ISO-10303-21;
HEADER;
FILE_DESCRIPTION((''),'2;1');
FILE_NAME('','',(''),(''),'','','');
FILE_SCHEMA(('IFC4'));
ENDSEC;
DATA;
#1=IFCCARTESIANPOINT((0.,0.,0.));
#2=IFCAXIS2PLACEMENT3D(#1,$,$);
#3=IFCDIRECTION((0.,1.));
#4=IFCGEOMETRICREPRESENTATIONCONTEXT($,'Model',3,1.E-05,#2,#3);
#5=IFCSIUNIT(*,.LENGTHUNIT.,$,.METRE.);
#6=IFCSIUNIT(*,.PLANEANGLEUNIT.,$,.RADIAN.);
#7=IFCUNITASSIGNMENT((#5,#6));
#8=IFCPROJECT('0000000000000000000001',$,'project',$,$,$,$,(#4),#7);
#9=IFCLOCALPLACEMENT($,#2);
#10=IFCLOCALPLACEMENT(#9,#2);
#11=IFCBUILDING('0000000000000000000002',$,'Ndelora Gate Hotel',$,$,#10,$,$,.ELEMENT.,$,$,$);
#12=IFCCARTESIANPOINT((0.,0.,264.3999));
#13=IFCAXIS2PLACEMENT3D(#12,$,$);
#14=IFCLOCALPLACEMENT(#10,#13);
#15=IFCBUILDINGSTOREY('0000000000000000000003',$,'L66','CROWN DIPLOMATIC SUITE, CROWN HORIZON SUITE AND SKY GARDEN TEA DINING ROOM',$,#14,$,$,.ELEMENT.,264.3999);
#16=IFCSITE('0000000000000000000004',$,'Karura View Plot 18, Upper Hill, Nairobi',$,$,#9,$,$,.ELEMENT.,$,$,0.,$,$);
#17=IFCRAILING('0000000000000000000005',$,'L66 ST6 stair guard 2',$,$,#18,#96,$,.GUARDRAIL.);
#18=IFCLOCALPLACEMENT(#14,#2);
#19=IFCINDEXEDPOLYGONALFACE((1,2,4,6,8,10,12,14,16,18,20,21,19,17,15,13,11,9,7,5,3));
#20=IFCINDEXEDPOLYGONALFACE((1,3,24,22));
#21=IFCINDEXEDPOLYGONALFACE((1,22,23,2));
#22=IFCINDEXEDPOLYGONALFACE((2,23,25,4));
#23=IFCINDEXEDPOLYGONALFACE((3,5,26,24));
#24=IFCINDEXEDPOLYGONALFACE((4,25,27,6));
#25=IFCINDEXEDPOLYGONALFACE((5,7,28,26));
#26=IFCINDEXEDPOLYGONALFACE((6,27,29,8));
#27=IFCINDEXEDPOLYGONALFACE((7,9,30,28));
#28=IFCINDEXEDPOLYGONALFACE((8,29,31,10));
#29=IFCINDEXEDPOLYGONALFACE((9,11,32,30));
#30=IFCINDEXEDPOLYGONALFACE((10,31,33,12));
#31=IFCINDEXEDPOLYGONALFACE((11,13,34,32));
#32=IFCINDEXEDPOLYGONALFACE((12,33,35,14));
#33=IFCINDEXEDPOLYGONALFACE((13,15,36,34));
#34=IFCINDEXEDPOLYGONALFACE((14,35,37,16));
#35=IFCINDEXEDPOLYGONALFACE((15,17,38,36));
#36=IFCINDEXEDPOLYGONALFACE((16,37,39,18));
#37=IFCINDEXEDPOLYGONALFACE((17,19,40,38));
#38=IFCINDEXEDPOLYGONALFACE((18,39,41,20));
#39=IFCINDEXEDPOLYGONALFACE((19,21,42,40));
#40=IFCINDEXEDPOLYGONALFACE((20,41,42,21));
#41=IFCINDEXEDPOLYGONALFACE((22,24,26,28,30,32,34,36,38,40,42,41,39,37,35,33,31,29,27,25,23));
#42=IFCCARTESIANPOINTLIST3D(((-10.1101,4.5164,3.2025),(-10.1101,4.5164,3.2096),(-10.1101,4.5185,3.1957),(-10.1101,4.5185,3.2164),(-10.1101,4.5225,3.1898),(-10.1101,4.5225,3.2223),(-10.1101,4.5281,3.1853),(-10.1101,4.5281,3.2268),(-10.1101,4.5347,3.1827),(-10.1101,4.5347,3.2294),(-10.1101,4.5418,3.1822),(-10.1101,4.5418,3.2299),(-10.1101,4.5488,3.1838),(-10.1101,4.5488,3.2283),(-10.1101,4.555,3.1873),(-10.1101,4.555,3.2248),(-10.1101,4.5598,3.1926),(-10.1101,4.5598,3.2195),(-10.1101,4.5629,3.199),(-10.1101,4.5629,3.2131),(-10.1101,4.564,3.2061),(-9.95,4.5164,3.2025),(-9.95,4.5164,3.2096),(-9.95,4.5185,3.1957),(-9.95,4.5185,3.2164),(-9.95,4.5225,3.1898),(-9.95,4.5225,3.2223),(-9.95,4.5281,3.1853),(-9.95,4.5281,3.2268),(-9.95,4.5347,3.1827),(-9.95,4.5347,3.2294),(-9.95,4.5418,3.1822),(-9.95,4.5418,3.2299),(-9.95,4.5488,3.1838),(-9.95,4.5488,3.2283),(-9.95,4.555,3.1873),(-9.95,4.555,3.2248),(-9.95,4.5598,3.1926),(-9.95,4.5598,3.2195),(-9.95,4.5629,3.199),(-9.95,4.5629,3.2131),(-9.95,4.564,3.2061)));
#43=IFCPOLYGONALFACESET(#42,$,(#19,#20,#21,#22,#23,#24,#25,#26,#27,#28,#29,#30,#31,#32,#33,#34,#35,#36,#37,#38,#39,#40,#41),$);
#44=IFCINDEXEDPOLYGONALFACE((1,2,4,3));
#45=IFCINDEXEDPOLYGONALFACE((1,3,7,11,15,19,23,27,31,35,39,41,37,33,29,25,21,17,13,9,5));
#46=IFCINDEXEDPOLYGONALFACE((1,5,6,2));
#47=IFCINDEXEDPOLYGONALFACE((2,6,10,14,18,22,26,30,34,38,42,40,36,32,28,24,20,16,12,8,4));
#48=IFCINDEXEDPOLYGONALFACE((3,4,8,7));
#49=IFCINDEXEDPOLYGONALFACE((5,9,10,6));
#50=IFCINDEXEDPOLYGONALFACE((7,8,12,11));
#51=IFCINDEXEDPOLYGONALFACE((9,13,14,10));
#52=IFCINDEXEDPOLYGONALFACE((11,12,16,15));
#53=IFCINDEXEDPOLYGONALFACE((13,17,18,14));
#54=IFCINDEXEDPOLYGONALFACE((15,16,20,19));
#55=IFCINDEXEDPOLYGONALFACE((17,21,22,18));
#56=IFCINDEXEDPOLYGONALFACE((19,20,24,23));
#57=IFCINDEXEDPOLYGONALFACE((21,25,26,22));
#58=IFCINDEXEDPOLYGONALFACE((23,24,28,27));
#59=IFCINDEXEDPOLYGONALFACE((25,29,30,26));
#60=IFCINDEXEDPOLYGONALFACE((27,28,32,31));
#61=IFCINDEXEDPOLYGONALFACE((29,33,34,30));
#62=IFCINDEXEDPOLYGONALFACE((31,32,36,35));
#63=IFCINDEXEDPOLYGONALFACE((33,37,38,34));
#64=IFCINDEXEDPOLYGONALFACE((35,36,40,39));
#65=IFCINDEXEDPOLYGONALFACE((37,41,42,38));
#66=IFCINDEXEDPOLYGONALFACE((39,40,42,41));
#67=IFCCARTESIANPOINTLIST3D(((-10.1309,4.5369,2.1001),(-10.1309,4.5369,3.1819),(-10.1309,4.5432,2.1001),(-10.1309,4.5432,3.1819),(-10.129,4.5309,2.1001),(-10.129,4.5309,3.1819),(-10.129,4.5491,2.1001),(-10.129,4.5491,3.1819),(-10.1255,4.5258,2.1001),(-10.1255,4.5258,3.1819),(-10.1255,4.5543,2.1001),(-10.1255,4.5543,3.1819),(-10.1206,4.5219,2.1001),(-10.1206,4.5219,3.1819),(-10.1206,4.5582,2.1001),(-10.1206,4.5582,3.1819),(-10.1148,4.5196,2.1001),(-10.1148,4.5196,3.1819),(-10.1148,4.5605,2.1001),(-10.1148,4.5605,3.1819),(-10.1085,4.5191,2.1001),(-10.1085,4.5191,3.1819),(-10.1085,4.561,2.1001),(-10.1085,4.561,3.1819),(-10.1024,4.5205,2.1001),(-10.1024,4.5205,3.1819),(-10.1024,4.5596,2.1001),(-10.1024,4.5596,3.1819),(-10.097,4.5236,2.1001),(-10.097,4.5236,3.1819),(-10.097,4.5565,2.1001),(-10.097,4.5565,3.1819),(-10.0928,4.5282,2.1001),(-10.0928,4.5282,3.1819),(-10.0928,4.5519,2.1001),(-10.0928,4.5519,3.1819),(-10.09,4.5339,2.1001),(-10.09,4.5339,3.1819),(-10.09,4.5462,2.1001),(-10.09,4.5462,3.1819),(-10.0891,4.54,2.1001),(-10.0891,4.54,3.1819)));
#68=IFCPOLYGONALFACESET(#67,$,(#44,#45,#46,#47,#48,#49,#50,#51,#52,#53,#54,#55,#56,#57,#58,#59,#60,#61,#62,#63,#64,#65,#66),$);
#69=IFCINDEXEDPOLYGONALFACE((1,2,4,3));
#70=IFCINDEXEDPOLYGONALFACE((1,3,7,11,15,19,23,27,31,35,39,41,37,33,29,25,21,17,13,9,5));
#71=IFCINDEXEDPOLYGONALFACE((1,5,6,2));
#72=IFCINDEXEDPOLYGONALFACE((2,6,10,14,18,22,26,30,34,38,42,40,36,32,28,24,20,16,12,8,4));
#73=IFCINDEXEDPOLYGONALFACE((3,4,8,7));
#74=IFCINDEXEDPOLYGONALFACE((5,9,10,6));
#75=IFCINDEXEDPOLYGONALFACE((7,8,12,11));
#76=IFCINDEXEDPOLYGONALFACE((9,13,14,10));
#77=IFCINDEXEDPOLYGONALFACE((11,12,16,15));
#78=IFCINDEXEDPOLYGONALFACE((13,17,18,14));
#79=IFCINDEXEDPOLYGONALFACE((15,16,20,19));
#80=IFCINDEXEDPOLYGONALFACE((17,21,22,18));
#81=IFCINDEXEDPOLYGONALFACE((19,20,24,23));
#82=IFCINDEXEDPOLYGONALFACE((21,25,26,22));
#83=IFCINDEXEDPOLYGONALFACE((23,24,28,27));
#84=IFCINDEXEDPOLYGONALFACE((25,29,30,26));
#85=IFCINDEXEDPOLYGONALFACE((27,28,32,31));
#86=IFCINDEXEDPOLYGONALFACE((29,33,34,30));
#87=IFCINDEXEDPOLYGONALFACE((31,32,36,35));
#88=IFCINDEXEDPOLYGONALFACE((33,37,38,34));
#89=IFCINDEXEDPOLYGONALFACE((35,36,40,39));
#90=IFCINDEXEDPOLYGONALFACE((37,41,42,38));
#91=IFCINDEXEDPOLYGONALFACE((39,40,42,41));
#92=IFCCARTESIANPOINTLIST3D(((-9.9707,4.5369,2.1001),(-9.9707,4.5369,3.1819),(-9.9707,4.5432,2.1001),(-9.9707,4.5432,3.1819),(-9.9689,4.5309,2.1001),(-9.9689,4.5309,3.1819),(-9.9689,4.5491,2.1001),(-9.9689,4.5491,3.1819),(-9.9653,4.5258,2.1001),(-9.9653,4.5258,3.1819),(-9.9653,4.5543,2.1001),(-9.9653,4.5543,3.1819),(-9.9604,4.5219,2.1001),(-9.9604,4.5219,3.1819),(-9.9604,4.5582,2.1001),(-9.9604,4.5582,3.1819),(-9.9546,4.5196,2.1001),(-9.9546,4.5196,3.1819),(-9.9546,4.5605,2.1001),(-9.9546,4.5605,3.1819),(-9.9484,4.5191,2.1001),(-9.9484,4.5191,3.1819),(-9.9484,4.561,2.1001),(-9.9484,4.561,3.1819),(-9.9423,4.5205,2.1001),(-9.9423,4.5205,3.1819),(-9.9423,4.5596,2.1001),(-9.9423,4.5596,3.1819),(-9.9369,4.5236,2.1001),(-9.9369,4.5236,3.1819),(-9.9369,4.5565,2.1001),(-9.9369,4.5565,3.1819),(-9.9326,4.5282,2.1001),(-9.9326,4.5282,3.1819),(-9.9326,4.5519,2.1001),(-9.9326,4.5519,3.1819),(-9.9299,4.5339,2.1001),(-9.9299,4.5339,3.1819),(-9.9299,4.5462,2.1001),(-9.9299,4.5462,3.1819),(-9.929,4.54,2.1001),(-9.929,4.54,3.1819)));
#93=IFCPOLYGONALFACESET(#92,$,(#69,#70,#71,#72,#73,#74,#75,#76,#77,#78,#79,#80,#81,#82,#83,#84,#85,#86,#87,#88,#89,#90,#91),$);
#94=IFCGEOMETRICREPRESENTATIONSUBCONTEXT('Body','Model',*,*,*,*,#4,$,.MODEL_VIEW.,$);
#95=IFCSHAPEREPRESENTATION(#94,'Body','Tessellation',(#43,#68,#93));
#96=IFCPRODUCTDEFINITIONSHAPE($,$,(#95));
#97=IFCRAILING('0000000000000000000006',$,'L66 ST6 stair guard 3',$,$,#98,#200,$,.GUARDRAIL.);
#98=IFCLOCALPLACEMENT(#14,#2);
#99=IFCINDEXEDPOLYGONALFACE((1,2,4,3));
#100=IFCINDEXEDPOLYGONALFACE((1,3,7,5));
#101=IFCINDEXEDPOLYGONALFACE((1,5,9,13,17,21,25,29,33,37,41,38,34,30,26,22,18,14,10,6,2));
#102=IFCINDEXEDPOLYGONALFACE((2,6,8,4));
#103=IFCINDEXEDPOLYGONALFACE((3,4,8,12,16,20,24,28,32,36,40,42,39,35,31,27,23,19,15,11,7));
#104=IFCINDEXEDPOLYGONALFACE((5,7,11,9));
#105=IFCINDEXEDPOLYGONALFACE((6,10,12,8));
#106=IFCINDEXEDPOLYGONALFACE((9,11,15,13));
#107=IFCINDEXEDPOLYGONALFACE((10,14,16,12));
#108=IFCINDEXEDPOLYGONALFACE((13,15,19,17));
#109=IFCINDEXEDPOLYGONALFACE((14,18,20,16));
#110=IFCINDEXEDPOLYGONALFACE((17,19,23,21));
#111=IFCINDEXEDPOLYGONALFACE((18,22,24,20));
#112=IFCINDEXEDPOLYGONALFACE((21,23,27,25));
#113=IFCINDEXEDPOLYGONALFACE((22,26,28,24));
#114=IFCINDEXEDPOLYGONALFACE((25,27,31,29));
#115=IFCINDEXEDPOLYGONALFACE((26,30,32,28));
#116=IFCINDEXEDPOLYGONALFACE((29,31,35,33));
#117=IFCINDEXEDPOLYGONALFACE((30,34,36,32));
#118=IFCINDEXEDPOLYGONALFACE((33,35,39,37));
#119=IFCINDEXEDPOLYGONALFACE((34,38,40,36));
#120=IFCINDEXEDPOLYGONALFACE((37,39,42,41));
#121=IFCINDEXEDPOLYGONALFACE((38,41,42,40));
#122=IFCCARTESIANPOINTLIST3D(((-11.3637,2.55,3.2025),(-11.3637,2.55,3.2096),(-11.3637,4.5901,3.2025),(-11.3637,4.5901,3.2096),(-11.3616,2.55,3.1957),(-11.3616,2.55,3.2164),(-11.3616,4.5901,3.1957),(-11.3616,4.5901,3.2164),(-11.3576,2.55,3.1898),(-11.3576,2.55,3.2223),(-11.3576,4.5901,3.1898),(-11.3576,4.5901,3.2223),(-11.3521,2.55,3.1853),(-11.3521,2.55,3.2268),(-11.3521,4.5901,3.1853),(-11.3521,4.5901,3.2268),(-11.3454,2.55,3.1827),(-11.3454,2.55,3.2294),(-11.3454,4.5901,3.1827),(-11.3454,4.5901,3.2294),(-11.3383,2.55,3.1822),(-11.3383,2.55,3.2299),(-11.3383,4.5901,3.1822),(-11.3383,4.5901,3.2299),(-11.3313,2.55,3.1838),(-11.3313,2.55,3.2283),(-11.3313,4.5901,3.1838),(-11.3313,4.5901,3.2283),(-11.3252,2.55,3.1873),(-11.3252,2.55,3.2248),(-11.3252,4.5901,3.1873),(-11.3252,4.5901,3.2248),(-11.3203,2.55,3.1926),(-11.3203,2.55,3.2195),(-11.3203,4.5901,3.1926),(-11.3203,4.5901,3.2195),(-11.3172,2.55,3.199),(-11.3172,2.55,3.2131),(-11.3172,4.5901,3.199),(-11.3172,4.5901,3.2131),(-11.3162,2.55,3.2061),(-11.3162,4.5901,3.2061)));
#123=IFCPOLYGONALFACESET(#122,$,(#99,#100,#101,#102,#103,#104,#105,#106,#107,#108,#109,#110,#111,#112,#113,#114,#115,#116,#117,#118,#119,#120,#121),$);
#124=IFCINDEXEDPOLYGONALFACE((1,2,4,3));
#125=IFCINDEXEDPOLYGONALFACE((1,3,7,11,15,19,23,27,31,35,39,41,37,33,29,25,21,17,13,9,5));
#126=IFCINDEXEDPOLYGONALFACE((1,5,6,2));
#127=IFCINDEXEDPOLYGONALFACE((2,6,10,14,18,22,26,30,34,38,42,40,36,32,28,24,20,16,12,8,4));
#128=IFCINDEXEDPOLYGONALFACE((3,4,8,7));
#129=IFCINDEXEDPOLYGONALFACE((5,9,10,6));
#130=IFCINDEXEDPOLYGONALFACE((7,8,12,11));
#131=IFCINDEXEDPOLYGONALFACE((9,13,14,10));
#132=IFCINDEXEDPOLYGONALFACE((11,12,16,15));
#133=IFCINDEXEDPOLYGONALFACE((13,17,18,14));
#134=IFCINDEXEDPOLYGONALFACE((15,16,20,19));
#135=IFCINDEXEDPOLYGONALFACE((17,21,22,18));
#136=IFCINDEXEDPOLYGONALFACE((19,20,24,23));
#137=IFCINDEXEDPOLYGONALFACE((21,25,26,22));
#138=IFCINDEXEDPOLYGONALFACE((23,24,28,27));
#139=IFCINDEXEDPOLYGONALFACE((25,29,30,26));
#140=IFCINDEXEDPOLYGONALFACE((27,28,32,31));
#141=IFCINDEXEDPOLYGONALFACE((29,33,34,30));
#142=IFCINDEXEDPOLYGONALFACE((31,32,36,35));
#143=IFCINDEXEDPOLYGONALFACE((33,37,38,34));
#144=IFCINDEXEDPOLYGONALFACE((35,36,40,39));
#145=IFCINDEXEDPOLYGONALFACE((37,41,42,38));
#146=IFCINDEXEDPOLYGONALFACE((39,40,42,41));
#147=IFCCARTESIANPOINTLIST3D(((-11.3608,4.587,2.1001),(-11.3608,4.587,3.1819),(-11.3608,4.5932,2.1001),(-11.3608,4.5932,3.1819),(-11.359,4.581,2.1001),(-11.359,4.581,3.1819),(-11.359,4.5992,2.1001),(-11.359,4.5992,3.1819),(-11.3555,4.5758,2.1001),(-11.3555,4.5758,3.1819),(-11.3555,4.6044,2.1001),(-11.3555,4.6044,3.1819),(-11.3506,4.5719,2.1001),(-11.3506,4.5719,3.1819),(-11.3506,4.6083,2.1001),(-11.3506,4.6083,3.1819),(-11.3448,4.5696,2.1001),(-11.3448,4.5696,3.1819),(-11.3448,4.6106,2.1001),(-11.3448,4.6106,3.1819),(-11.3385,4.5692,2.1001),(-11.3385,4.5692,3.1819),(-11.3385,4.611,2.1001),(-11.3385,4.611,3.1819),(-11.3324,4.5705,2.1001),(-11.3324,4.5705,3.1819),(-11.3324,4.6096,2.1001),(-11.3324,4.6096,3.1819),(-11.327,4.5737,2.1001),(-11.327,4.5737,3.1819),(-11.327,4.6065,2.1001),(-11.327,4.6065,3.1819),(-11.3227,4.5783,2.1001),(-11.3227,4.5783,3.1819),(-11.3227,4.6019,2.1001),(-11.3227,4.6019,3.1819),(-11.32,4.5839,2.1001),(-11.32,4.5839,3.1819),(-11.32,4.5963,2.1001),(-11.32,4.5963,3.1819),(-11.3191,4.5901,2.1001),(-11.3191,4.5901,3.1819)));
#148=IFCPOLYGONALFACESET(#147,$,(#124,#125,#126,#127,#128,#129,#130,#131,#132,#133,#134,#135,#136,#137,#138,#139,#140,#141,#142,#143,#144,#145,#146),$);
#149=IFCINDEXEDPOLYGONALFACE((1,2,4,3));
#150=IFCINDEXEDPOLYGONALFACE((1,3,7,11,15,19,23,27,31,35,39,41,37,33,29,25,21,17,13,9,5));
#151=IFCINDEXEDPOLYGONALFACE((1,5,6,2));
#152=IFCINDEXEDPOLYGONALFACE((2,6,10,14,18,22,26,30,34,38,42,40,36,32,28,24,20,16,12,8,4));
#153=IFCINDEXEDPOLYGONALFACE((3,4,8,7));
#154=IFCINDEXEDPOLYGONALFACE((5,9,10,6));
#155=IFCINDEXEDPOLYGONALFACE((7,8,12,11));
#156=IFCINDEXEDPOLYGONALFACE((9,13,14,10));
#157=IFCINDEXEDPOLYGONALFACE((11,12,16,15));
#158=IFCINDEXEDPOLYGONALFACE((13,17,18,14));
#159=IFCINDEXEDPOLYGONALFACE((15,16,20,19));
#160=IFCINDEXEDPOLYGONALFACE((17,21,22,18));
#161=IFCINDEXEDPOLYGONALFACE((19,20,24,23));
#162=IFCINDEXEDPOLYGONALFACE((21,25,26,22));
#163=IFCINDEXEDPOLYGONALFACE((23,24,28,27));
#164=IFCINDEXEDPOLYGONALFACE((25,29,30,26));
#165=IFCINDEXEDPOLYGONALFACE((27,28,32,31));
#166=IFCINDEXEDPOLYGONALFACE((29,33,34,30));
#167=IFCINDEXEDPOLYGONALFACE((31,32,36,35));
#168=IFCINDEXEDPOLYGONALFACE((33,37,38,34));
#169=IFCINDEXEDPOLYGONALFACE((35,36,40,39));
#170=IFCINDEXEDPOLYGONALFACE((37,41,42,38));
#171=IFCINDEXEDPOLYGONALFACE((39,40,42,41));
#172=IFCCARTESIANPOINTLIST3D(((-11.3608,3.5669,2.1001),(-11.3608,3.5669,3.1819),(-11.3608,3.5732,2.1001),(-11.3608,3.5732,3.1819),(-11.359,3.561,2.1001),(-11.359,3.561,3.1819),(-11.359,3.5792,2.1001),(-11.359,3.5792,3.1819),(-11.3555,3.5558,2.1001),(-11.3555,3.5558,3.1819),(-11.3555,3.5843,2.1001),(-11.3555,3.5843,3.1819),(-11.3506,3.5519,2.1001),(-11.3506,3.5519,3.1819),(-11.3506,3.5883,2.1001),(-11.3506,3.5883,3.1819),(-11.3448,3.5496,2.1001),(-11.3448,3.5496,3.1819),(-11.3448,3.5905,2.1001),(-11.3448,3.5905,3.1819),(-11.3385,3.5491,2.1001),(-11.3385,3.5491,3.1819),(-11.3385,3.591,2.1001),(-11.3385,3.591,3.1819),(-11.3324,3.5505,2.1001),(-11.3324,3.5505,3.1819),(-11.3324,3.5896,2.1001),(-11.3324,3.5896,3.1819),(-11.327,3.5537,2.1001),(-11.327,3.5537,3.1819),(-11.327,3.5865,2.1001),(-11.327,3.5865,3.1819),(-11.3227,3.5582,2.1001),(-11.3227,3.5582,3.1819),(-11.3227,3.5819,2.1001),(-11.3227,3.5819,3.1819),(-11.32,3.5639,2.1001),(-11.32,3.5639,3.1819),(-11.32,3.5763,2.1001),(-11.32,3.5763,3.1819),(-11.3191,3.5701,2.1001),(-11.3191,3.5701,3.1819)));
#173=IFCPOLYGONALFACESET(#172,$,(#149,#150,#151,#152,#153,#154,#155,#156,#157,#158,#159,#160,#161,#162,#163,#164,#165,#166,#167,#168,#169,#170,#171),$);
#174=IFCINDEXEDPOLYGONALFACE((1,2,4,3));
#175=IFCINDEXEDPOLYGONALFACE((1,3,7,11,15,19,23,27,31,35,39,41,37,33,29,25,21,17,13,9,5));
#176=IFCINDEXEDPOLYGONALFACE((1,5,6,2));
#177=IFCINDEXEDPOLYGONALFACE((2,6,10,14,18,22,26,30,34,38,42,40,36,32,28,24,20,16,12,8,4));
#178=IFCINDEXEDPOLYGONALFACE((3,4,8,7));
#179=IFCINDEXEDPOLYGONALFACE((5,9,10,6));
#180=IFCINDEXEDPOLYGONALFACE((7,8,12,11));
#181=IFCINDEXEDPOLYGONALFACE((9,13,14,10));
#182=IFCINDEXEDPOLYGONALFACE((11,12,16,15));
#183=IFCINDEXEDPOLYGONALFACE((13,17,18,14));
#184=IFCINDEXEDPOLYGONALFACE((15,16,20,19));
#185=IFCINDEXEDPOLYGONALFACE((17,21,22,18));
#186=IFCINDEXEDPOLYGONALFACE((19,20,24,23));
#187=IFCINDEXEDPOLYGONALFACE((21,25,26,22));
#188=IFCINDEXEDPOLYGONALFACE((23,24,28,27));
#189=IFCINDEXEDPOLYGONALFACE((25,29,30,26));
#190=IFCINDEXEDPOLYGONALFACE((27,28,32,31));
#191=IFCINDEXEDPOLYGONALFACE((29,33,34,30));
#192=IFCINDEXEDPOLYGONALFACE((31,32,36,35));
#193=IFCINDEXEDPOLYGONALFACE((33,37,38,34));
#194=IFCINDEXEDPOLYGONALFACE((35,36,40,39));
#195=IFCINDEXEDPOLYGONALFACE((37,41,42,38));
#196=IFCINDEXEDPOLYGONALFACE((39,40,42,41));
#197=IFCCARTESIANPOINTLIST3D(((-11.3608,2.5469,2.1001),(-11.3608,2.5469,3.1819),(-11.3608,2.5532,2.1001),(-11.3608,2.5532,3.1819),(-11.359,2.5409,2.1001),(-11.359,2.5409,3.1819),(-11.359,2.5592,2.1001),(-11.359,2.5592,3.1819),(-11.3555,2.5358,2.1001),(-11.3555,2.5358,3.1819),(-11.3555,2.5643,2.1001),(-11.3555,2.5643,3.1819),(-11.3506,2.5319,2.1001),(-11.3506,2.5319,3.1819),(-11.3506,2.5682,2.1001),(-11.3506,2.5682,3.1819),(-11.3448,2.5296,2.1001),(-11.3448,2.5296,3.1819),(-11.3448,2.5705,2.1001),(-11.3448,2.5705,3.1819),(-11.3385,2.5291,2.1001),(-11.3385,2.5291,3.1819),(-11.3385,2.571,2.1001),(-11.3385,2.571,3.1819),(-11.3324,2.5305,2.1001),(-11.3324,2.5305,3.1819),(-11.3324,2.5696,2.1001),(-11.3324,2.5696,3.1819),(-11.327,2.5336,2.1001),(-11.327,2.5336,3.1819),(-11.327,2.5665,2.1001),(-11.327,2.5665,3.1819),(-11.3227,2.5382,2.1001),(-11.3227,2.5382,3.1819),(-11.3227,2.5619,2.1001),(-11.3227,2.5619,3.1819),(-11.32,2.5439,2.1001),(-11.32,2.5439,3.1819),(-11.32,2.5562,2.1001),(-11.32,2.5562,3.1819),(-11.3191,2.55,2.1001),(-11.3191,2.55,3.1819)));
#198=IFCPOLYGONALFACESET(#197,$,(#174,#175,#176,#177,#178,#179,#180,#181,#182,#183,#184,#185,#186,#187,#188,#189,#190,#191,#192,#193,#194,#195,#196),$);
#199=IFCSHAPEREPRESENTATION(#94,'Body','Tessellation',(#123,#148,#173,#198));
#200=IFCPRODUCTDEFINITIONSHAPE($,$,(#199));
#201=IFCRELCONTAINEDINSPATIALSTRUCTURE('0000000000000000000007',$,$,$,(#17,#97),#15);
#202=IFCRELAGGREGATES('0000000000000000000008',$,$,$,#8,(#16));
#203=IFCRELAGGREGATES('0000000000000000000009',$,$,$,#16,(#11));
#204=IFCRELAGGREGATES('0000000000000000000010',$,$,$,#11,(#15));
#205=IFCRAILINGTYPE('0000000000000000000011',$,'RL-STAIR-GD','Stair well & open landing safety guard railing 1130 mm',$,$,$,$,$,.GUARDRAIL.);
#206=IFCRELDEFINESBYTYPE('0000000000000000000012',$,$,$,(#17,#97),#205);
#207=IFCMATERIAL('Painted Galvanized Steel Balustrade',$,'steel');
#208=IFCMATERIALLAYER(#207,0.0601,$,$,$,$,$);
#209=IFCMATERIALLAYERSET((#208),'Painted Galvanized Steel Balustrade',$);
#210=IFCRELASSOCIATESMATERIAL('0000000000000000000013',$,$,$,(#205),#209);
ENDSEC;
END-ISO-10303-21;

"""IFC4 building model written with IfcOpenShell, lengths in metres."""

from ifc_helpers import new_model, si_unit, direction, frame, origin, origin_2d, place, context, subcontext, project, spatial, circle, extrude, material, layer, layer_set, type_object, element, save


model = new_model("IFC4")

# Units and contexts
model_context = context("Model", 3, precision=1e-05, world=origin(), true_north=direction((0.0, 1.0)))
body_context = subcontext(model_context, "Body", "Model", "MODEL_VIEW")
ifc_project = project(units=[si_unit("LENGTHUNIT", "METRE"), si_unit("PLANEANGLEUNIT", "RADIAN")], contexts=[model_context])

# Site, building, storey
site_placement = place(None, origin())
site = spatial("IfcSite", under=ifc_project, at=site_placement, Name="Karura View Plot 18, Upper Hill, Nairobi", CompositionType="ELEMENT", RefElevation=0.0)
building_placement = place(site_placement, origin())
building = spatial("IfcBuilding", under=site, at=building_placement, Name="Ndelora Gate Hotel", CompositionType="ELEMENT")
storey_placement = place(building_placement, frame((0.0, 0.0, 264.3999)))
storey = spatial("IfcBuildingStorey", under=building, at=storey_placement, Name="L66", Description="CROWN DIPLOMATIC SUITE, CROWN HORIZON SUITE AND SKY GARDEN TEA DINING ROOM", CompositionType="ELEMENT", Elevation=264.3999)

# Railings
ifc_material_1 = material(Name="Painted Galvanized Steel Balustrade", Category="steel")
ifc_layer_1 = layer(ifc_material_1, 0.0601)
ifc_layer_set_1 = layer_set([ifc_layer_1], Name="Painted Galvanized Steel Balustrade")
railing_type_1 = type_object("IfcRailingType", Name="RL-STAIR-GD", Description="Stair well & open landing safety guard railing 1130 mm", PredefinedType="GUARDRAIL", material=ifc_layer_set_1)
railing_1_placement = place(storey_placement, frame((-10.1101, 4.54, 2.1001)))
element("IfcRailing", 1, at=railing_1_placement, inside=storey, type_object=railing_type_1, Name="L66 ST6 stair guard 2", PredefinedType="GUARDRAIL", context=body_context, shape_type="SweptSolid", body=[
    extrude(circle(Radius=0.0239, at=origin_2d()), frame((0.0, 0.0, 1.106), z_axis=(1.0, 0.0, 0.0), x_axis=(0.0, 1.0, 0.0)), (0.0, 0.0, 1.0), 0.1602),
    extrude(circle(Radius=0.021, at=origin_2d()), origin(), (0.0, 0.0, 1.0), 1.0818),
    extrude(circle(Radius=0.021, at=origin_2d()), frame((0.1602, 0.0, 0.0)), (0.0, 0.0, 1.0), 1.0818),
])
railing_2_placement = place(storey_placement, frame((-11.3401, 4.5901, 2.1001)))
element("IfcRailing", 2, at=railing_2_placement, inside=storey, type_object=railing_type_1, Name="L66 ST6 stair guard 3", PredefinedType="GUARDRAIL", context=body_context, shape_type="SweptSolid", body=[
    extrude(circle(Radius=0.0239, at=origin_2d()), frame((0.0, 0.0, 1.106), z_axis=(0.0, -1.0, 0.0), x_axis=(1.0, 0.0, 0.0)), (0.0, 0.0, 1.0), 2.04),
    extrude(circle(Radius=0.021, at=origin_2d()), origin(), (0.0, 0.0, 1.0), 1.0818),
    extrude(circle(Radius=0.021, at=origin_2d()), frame((0.0, -1.02, 0.0)), (0.0, 0.0, 1.0), 1.0818),
    extrude(circle(Radius=0.021, at=origin_2d()), frame((0.0, -2.04, 0.0)), (0.0, 0.0, 1.0), 1.0818),
])

save(model, "model.ifc")
